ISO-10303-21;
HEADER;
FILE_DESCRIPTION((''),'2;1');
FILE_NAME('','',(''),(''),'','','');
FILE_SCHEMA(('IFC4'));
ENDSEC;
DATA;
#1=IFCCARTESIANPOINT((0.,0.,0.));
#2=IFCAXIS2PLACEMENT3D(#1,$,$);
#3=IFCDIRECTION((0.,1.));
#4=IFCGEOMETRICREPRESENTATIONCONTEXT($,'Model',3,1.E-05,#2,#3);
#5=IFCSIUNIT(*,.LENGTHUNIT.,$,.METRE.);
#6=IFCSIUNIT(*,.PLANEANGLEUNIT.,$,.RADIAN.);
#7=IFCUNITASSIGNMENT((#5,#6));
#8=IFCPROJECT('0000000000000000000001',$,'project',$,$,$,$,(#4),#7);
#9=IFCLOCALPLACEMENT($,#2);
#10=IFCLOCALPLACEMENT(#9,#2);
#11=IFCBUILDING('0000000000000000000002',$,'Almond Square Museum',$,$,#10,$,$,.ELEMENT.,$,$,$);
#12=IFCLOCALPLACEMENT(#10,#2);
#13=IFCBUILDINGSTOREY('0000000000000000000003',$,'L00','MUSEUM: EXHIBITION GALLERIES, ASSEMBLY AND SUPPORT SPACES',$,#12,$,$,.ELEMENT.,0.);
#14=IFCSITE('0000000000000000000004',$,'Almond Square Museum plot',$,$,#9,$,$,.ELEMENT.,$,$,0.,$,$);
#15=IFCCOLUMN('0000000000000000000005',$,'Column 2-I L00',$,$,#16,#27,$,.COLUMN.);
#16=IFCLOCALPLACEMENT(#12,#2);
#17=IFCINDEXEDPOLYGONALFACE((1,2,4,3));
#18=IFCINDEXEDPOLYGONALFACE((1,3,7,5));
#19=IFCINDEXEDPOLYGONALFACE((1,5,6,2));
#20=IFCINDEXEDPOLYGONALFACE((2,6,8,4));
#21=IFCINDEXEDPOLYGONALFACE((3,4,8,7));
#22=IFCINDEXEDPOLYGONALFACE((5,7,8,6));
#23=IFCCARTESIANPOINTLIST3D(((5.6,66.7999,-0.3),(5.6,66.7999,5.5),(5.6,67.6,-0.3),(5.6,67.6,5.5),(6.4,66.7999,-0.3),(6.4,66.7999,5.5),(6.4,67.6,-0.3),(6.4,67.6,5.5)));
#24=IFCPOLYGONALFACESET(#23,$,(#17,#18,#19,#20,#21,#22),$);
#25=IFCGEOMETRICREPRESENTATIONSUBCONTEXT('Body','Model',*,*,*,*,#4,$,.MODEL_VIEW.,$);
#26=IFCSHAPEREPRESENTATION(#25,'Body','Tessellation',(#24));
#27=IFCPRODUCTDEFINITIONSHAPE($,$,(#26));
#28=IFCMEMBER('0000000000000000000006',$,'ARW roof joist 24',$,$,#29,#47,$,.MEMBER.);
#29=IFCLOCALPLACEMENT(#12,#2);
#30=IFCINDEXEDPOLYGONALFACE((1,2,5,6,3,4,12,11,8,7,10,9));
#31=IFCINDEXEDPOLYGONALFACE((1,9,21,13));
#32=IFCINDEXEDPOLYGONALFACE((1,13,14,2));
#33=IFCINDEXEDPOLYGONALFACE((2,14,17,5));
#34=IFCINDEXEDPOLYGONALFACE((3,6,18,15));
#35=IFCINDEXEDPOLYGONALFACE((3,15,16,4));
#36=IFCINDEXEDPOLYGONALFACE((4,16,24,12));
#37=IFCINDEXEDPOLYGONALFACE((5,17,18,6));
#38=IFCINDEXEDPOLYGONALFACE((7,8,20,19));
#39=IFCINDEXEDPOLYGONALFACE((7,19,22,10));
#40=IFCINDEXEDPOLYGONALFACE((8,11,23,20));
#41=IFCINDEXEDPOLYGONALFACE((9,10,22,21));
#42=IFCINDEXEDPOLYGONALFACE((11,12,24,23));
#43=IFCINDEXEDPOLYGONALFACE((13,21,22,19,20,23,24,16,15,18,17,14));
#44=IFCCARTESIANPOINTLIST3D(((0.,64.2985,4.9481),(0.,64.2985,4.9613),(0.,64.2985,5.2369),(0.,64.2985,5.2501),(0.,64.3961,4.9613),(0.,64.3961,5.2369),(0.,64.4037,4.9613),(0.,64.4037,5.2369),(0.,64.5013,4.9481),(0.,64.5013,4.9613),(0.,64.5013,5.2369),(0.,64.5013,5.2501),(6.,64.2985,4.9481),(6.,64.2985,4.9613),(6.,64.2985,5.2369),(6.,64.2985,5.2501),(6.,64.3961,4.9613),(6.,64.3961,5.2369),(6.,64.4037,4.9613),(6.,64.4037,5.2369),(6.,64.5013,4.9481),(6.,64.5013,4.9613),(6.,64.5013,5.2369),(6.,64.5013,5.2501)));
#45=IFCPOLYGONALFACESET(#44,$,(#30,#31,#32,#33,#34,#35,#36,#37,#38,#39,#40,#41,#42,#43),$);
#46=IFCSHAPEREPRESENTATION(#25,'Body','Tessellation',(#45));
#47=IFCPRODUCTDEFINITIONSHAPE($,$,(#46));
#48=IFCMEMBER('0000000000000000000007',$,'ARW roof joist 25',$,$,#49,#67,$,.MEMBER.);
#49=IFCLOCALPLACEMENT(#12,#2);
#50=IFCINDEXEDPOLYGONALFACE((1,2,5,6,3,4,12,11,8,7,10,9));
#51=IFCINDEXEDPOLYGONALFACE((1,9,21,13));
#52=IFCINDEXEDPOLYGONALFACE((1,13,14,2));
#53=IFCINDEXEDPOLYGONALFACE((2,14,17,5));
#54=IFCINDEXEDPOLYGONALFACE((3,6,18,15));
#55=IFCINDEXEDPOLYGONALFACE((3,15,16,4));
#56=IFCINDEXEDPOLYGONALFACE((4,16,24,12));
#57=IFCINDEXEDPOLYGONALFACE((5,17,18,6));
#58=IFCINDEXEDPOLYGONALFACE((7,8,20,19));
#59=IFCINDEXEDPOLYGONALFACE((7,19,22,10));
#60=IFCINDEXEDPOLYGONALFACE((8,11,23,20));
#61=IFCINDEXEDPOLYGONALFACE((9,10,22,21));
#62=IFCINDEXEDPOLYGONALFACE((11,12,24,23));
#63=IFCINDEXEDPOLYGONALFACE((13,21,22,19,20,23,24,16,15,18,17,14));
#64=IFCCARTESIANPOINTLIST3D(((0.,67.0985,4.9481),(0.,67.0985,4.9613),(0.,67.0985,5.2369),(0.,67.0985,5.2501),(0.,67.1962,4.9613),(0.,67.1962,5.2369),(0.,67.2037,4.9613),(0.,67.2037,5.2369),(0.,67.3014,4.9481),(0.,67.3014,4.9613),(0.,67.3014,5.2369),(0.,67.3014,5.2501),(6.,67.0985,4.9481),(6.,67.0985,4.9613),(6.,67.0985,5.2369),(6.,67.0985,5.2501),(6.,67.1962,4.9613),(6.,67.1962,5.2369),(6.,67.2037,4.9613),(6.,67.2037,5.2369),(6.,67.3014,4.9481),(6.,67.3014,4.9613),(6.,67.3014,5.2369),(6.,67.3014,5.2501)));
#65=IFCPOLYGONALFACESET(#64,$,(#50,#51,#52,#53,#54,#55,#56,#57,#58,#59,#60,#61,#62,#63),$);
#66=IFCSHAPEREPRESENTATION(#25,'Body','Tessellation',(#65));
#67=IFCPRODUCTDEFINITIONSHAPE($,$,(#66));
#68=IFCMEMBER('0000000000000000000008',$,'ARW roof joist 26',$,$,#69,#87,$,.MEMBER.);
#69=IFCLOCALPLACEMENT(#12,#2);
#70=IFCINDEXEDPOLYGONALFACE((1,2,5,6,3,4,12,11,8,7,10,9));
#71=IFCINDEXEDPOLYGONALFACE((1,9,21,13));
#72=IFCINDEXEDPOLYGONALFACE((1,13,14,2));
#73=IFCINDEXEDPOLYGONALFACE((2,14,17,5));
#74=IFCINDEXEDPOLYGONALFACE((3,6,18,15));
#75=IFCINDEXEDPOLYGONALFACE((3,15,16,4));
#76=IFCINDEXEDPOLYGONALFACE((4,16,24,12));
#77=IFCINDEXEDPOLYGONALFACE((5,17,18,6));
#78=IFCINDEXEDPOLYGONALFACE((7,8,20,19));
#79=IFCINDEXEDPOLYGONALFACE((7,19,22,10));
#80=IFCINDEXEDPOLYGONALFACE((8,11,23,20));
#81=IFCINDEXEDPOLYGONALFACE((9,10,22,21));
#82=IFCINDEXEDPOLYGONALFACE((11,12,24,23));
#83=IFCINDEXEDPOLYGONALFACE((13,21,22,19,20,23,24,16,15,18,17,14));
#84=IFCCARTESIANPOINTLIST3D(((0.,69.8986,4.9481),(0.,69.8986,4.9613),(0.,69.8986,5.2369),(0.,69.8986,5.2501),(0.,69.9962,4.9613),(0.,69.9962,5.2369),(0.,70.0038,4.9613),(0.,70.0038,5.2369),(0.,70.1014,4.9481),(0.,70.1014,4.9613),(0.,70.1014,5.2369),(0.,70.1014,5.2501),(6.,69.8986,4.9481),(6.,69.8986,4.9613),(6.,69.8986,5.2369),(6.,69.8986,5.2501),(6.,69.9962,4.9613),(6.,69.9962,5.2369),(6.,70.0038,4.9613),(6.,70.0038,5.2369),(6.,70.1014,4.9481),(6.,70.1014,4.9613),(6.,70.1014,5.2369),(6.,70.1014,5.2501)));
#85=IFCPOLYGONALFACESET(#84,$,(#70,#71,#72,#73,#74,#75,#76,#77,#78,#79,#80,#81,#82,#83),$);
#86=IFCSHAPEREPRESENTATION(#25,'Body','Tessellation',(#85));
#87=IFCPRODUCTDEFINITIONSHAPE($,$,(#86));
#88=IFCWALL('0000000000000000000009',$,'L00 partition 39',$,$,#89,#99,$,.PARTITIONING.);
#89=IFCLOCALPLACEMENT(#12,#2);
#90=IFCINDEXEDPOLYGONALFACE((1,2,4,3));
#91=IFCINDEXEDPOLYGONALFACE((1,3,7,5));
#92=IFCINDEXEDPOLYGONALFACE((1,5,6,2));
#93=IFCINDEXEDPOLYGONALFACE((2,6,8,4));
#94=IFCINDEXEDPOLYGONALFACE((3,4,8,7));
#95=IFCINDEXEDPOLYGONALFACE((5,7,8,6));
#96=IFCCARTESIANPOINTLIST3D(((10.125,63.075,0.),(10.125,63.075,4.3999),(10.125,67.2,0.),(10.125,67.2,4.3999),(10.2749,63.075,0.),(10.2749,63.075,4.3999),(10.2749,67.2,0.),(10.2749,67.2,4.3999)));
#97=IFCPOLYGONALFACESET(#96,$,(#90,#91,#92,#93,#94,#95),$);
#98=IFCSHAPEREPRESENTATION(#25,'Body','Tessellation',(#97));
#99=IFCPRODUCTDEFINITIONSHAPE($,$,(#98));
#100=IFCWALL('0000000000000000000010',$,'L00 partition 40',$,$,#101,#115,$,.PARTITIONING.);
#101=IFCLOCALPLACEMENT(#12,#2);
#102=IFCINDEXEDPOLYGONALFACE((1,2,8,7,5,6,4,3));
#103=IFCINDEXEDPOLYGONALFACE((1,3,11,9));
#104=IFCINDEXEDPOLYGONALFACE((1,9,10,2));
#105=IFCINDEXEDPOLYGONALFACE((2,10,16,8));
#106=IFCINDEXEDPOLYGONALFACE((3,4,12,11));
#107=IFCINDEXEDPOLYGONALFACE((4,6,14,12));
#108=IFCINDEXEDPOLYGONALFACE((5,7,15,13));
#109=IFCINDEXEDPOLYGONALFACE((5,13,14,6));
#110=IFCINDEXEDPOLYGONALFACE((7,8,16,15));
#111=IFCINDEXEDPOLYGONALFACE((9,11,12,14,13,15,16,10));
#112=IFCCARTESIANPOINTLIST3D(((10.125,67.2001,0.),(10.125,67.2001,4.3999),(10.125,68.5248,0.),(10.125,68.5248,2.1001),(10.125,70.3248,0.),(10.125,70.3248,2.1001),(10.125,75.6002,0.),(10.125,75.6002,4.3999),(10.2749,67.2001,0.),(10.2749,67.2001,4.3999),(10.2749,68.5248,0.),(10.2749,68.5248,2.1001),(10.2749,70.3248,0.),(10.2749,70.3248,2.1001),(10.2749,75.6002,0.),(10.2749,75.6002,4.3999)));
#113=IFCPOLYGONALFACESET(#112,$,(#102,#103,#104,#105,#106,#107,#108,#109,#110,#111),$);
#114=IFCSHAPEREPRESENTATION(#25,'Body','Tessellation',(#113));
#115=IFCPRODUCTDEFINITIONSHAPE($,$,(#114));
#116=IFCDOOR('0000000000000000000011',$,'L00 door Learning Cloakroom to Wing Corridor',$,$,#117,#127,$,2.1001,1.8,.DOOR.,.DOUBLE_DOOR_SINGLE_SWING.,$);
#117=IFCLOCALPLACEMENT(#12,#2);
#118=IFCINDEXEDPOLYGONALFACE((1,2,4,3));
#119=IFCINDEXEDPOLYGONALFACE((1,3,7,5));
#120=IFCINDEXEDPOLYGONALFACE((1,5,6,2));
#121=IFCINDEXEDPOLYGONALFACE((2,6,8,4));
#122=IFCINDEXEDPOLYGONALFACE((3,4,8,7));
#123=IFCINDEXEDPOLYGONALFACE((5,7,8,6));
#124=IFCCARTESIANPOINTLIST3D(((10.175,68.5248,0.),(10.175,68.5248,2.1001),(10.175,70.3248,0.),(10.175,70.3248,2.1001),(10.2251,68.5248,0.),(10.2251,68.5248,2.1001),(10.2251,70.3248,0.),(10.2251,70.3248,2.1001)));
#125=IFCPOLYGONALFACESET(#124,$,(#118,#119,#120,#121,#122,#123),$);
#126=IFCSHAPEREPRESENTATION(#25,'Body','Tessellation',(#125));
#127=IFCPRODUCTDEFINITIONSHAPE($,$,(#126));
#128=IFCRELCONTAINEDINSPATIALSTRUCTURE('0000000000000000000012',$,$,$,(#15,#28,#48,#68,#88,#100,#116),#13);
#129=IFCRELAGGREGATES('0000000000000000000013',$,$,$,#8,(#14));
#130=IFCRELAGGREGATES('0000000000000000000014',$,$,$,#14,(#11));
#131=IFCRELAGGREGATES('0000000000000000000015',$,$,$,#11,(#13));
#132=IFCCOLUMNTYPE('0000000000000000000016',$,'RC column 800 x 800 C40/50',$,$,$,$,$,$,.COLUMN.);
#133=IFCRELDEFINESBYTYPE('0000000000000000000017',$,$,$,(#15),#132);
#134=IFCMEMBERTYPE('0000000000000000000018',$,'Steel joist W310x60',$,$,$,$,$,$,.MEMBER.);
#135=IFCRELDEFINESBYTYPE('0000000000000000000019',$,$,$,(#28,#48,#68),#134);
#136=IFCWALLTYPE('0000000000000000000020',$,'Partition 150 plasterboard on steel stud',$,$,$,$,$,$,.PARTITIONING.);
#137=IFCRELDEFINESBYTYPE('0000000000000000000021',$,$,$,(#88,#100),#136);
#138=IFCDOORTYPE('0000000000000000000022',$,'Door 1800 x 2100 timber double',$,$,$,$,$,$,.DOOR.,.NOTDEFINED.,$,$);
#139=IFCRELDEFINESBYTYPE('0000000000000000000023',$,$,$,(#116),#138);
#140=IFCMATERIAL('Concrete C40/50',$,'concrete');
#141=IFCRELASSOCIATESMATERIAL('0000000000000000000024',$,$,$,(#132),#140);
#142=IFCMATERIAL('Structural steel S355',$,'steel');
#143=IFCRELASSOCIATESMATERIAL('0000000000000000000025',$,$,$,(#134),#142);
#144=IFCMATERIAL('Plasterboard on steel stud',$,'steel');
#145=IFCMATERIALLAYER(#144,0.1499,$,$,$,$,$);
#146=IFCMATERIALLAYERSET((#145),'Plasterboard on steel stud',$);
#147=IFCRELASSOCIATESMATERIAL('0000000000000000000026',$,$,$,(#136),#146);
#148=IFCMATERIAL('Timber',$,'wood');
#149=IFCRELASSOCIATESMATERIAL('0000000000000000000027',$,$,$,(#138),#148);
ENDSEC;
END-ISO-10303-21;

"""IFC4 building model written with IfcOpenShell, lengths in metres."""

from ifc_helpers import new_model, si_unit, direction, frame, frame_2d, origin, origin_2d, place, context, subcontext, project, spatial, rectangle, i_section, extrude, material, layer, layer_set, material_profile, profile_set, type_object, element, fill, save


model = new_model("IFC4")

# Units and contexts
model_context = context("Model", 3, precision=1e-05, world=origin(), true_north=direction((0.0, 1.0)))
body_context = subcontext(model_context, "Body", "Model", "MODEL_VIEW")
ifc_project = project(units=[si_unit("LENGTHUNIT", "METRE"), si_unit("PLANEANGLEUNIT", "RADIAN")], contexts=[model_context])

# Site, building, storey
site_placement = place(None, origin())
site = spatial("IfcSite", under=ifc_project, at=site_placement, Name="Almond Square Museum plot", CompositionType="ELEMENT", RefElevation=0.0)
building_placement = place(site_placement, origin())
building = spatial("IfcBuilding", under=site, at=building_placement, Name="Almond Square Museum", CompositionType="ELEMENT")
storey_placement = place(building_placement, origin())
storey = spatial("IfcBuildingStorey", under=building, at=storey_placement, Name="L00", Description="MUSEUM: EXHIBITION GALLERIES, ASSEMBLY AND SUPPORT SPACES", CompositionType="ELEMENT", Elevation=0.0)

# Column
ifc_material_1 = material(Name="Concrete C40/50", Category="concrete")
ifc_material_profile_1 = material_profile(ifc_material_1, rectangle(XDim=0.8, YDim=0.8, at=origin_2d()))
ifc_profile_set_1 = profile_set([ifc_material_profile_1], Name="Concrete C40/50")
column_type = type_object("IfcColumnType", Name="RC column 800 x 800 C40/50", PredefinedType="COLUMN", material=ifc_profile_set_1)
column_placement = place(storey_placement, frame((6.0, 67.2, -0.3), z_axis=(0.0, 0.0, 1.0), x_axis=(1.0, 0.0, 0.0)))
element("IfcColumn", 1, at=column_placement, inside=storey, type_object=column_type, Name="Column 2-I L00", PredefinedType="COLUMN", context=body_context, shape_type="SweptSolid", body=[
    extrude(rectangle(XDim=0.8, YDim=0.8, at=origin_2d()), origin(), (0.0, 0.0, 1.0), 5.8),
])

# Members
ifc_material_2 = material(Name="Structural steel S355", Category="steel")
ifc_material_profile_2 = material_profile(ifc_material_2, i_section(OverallWidth=0.2029, OverallDepth=0.302, WebThickness=0.0076, FlangeThickness=0.0132, at=origin_2d()))
ifc_profile_set_2 = profile_set([ifc_material_profile_2], Name="Structural steel S355")
member_type = type_object("IfcMemberType", Name="Steel joist W310x60", PredefinedType="MEMBER", material=ifc_profile_set_2)
for number, where, z_axis, x_axis, name in (
    (2, (6.0, 64.3999, 5.0991), (-1.0, 0.0, 0.0), (0.0, -1.0, 0.0), "ARW roof joist 24"),
    (3, (6.0, 67.2, 5.0991), (-1.0, 0.0, 0.0), (0.0, -1.0, 0.0), "ARW roof joist 25"),
    (4, (6.0, 70.0, 5.0991), (-1.0, 0.0, 0.0), (0.0, -1.0, 0.0), "ARW roof joist 26"),
):
    element("IfcMember", number, at=place(storey_placement, frame(where, z_axis=z_axis, x_axis=x_axis)), inside=storey, type_object=member_type, Name=name, PredefinedType="MEMBER", context=body_context, shape_type="SweptSolid", body=[
        extrude(i_section(OverallWidth=0.2029, OverallDepth=0.302, WebThickness=0.0076, FlangeThickness=0.0132, at=origin_2d()), origin(), (0.0, 0.0, 1.0), 6.0),
    ])

# Wall
ifc_material_3 = material(Name="Plasterboard on steel stud", Category="steel")
ifc_layer_1 = layer(ifc_material_3, 0.1499)
ifc_layer_set_1 = layer_set([ifc_layer_1], Name="Plasterboard on steel stud")
wall_type_1 = type_object("IfcWallType", Name="Partition 150 plasterboard on steel stud", PredefinedType="PARTITIONING", material=ifc_layer_set_1)
wall_1_placement = place(storey_placement, frame((10.2, 63.075, 0.0), z_axis=(0.0, 0.0, 1.0), x_axis=(0.0, 1.0, 0.0)))
element("IfcWall", 5, at=wall_1_placement, inside=storey, type_object=wall_type_1, Name="L00 partition 39", PredefinedType="PARTITIONING", context=body_context, shape_type="SweptSolid", body=[
    extrude(rectangle(XDim=4.125, YDim=0.1499, at=frame_2d((2.0625, 0.0))), origin(), (0.0, 0.0, 1.0), 4.3999),
])

# Wall, opening, door
wall_2_placement = place(storey_placement, frame((10.2, 67.2, 0.0), z_axis=(0.0, 0.0, 1.0), x_axis=(0.0, 1.0, 0.0)))
wall_2 = element("IfcWall", 6, at=wall_2_placement, inside=storey, type_object=wall_type_1, Name="L00 partition 40", PredefinedType="PARTITIONING", context=body_context, shape_type="SweptSolid", body=[
    extrude(rectangle(XDim=8.4001, YDim=0.1499, at=frame_2d((4.2002, 0.0))), origin(), (0.0, 0.0, 1.0), 4.3999),
])
opening_1_placement = place(wall_2_placement, frame((1.325, 0.0, 0.0)))
opening_1 = element("IfcOpeningElement", 7, at=opening_1_placement, cuts=wall_2, PredefinedType="OPENING", context=body_context, shape_type="SweptSolid", body=[
    extrude(rectangle(XDim=1.8, YDim=2.1001, at=frame_2d((0.8999, 1.05))), frame((0.0, 0.085, 0.0), z_axis=(0.0, -1.0, 0.0), x_axis=(1.0, 0.0, 0.0)), (0.0, 0.0, 1.0), 0.1699),
])
ifc_material_4 = material(Name="Timber", Category="wood")
door_type_1 = type_object("IfcDoorType", Name="Door 1800 x 2100 timber double", OperationType="NOTDEFINED", PredefinedType="DOOR", material=ifc_material_4)
door_1_placement = place(opening_1_placement, origin())
door_1 = element("IfcDoor", 8, at=door_1_placement, inside=storey, type_object=door_type_1, Name="L00 door Learning Cloakroom to Wing Corridor", OperationType="DOUBLE_DOOR_SINGLE_SWING", OverallHeight=2.1001, OverallWidth=1.8, PredefinedType="DOOR", context=body_context, shape_type="SweptSolid", body=[
    extrude(rectangle(XDim=1.8, YDim=2.1001, at=frame_2d((0.8999, 1.05))), frame((0.0, 0.0249, 0.0), z_axis=(0.0, -1.0, 0.0), x_axis=(1.0, 0.0, 0.0)), (0.0, 0.0, 1.0), 0.05),
])
fill(opening_1, door_1)

save(model, "model.ifc")
